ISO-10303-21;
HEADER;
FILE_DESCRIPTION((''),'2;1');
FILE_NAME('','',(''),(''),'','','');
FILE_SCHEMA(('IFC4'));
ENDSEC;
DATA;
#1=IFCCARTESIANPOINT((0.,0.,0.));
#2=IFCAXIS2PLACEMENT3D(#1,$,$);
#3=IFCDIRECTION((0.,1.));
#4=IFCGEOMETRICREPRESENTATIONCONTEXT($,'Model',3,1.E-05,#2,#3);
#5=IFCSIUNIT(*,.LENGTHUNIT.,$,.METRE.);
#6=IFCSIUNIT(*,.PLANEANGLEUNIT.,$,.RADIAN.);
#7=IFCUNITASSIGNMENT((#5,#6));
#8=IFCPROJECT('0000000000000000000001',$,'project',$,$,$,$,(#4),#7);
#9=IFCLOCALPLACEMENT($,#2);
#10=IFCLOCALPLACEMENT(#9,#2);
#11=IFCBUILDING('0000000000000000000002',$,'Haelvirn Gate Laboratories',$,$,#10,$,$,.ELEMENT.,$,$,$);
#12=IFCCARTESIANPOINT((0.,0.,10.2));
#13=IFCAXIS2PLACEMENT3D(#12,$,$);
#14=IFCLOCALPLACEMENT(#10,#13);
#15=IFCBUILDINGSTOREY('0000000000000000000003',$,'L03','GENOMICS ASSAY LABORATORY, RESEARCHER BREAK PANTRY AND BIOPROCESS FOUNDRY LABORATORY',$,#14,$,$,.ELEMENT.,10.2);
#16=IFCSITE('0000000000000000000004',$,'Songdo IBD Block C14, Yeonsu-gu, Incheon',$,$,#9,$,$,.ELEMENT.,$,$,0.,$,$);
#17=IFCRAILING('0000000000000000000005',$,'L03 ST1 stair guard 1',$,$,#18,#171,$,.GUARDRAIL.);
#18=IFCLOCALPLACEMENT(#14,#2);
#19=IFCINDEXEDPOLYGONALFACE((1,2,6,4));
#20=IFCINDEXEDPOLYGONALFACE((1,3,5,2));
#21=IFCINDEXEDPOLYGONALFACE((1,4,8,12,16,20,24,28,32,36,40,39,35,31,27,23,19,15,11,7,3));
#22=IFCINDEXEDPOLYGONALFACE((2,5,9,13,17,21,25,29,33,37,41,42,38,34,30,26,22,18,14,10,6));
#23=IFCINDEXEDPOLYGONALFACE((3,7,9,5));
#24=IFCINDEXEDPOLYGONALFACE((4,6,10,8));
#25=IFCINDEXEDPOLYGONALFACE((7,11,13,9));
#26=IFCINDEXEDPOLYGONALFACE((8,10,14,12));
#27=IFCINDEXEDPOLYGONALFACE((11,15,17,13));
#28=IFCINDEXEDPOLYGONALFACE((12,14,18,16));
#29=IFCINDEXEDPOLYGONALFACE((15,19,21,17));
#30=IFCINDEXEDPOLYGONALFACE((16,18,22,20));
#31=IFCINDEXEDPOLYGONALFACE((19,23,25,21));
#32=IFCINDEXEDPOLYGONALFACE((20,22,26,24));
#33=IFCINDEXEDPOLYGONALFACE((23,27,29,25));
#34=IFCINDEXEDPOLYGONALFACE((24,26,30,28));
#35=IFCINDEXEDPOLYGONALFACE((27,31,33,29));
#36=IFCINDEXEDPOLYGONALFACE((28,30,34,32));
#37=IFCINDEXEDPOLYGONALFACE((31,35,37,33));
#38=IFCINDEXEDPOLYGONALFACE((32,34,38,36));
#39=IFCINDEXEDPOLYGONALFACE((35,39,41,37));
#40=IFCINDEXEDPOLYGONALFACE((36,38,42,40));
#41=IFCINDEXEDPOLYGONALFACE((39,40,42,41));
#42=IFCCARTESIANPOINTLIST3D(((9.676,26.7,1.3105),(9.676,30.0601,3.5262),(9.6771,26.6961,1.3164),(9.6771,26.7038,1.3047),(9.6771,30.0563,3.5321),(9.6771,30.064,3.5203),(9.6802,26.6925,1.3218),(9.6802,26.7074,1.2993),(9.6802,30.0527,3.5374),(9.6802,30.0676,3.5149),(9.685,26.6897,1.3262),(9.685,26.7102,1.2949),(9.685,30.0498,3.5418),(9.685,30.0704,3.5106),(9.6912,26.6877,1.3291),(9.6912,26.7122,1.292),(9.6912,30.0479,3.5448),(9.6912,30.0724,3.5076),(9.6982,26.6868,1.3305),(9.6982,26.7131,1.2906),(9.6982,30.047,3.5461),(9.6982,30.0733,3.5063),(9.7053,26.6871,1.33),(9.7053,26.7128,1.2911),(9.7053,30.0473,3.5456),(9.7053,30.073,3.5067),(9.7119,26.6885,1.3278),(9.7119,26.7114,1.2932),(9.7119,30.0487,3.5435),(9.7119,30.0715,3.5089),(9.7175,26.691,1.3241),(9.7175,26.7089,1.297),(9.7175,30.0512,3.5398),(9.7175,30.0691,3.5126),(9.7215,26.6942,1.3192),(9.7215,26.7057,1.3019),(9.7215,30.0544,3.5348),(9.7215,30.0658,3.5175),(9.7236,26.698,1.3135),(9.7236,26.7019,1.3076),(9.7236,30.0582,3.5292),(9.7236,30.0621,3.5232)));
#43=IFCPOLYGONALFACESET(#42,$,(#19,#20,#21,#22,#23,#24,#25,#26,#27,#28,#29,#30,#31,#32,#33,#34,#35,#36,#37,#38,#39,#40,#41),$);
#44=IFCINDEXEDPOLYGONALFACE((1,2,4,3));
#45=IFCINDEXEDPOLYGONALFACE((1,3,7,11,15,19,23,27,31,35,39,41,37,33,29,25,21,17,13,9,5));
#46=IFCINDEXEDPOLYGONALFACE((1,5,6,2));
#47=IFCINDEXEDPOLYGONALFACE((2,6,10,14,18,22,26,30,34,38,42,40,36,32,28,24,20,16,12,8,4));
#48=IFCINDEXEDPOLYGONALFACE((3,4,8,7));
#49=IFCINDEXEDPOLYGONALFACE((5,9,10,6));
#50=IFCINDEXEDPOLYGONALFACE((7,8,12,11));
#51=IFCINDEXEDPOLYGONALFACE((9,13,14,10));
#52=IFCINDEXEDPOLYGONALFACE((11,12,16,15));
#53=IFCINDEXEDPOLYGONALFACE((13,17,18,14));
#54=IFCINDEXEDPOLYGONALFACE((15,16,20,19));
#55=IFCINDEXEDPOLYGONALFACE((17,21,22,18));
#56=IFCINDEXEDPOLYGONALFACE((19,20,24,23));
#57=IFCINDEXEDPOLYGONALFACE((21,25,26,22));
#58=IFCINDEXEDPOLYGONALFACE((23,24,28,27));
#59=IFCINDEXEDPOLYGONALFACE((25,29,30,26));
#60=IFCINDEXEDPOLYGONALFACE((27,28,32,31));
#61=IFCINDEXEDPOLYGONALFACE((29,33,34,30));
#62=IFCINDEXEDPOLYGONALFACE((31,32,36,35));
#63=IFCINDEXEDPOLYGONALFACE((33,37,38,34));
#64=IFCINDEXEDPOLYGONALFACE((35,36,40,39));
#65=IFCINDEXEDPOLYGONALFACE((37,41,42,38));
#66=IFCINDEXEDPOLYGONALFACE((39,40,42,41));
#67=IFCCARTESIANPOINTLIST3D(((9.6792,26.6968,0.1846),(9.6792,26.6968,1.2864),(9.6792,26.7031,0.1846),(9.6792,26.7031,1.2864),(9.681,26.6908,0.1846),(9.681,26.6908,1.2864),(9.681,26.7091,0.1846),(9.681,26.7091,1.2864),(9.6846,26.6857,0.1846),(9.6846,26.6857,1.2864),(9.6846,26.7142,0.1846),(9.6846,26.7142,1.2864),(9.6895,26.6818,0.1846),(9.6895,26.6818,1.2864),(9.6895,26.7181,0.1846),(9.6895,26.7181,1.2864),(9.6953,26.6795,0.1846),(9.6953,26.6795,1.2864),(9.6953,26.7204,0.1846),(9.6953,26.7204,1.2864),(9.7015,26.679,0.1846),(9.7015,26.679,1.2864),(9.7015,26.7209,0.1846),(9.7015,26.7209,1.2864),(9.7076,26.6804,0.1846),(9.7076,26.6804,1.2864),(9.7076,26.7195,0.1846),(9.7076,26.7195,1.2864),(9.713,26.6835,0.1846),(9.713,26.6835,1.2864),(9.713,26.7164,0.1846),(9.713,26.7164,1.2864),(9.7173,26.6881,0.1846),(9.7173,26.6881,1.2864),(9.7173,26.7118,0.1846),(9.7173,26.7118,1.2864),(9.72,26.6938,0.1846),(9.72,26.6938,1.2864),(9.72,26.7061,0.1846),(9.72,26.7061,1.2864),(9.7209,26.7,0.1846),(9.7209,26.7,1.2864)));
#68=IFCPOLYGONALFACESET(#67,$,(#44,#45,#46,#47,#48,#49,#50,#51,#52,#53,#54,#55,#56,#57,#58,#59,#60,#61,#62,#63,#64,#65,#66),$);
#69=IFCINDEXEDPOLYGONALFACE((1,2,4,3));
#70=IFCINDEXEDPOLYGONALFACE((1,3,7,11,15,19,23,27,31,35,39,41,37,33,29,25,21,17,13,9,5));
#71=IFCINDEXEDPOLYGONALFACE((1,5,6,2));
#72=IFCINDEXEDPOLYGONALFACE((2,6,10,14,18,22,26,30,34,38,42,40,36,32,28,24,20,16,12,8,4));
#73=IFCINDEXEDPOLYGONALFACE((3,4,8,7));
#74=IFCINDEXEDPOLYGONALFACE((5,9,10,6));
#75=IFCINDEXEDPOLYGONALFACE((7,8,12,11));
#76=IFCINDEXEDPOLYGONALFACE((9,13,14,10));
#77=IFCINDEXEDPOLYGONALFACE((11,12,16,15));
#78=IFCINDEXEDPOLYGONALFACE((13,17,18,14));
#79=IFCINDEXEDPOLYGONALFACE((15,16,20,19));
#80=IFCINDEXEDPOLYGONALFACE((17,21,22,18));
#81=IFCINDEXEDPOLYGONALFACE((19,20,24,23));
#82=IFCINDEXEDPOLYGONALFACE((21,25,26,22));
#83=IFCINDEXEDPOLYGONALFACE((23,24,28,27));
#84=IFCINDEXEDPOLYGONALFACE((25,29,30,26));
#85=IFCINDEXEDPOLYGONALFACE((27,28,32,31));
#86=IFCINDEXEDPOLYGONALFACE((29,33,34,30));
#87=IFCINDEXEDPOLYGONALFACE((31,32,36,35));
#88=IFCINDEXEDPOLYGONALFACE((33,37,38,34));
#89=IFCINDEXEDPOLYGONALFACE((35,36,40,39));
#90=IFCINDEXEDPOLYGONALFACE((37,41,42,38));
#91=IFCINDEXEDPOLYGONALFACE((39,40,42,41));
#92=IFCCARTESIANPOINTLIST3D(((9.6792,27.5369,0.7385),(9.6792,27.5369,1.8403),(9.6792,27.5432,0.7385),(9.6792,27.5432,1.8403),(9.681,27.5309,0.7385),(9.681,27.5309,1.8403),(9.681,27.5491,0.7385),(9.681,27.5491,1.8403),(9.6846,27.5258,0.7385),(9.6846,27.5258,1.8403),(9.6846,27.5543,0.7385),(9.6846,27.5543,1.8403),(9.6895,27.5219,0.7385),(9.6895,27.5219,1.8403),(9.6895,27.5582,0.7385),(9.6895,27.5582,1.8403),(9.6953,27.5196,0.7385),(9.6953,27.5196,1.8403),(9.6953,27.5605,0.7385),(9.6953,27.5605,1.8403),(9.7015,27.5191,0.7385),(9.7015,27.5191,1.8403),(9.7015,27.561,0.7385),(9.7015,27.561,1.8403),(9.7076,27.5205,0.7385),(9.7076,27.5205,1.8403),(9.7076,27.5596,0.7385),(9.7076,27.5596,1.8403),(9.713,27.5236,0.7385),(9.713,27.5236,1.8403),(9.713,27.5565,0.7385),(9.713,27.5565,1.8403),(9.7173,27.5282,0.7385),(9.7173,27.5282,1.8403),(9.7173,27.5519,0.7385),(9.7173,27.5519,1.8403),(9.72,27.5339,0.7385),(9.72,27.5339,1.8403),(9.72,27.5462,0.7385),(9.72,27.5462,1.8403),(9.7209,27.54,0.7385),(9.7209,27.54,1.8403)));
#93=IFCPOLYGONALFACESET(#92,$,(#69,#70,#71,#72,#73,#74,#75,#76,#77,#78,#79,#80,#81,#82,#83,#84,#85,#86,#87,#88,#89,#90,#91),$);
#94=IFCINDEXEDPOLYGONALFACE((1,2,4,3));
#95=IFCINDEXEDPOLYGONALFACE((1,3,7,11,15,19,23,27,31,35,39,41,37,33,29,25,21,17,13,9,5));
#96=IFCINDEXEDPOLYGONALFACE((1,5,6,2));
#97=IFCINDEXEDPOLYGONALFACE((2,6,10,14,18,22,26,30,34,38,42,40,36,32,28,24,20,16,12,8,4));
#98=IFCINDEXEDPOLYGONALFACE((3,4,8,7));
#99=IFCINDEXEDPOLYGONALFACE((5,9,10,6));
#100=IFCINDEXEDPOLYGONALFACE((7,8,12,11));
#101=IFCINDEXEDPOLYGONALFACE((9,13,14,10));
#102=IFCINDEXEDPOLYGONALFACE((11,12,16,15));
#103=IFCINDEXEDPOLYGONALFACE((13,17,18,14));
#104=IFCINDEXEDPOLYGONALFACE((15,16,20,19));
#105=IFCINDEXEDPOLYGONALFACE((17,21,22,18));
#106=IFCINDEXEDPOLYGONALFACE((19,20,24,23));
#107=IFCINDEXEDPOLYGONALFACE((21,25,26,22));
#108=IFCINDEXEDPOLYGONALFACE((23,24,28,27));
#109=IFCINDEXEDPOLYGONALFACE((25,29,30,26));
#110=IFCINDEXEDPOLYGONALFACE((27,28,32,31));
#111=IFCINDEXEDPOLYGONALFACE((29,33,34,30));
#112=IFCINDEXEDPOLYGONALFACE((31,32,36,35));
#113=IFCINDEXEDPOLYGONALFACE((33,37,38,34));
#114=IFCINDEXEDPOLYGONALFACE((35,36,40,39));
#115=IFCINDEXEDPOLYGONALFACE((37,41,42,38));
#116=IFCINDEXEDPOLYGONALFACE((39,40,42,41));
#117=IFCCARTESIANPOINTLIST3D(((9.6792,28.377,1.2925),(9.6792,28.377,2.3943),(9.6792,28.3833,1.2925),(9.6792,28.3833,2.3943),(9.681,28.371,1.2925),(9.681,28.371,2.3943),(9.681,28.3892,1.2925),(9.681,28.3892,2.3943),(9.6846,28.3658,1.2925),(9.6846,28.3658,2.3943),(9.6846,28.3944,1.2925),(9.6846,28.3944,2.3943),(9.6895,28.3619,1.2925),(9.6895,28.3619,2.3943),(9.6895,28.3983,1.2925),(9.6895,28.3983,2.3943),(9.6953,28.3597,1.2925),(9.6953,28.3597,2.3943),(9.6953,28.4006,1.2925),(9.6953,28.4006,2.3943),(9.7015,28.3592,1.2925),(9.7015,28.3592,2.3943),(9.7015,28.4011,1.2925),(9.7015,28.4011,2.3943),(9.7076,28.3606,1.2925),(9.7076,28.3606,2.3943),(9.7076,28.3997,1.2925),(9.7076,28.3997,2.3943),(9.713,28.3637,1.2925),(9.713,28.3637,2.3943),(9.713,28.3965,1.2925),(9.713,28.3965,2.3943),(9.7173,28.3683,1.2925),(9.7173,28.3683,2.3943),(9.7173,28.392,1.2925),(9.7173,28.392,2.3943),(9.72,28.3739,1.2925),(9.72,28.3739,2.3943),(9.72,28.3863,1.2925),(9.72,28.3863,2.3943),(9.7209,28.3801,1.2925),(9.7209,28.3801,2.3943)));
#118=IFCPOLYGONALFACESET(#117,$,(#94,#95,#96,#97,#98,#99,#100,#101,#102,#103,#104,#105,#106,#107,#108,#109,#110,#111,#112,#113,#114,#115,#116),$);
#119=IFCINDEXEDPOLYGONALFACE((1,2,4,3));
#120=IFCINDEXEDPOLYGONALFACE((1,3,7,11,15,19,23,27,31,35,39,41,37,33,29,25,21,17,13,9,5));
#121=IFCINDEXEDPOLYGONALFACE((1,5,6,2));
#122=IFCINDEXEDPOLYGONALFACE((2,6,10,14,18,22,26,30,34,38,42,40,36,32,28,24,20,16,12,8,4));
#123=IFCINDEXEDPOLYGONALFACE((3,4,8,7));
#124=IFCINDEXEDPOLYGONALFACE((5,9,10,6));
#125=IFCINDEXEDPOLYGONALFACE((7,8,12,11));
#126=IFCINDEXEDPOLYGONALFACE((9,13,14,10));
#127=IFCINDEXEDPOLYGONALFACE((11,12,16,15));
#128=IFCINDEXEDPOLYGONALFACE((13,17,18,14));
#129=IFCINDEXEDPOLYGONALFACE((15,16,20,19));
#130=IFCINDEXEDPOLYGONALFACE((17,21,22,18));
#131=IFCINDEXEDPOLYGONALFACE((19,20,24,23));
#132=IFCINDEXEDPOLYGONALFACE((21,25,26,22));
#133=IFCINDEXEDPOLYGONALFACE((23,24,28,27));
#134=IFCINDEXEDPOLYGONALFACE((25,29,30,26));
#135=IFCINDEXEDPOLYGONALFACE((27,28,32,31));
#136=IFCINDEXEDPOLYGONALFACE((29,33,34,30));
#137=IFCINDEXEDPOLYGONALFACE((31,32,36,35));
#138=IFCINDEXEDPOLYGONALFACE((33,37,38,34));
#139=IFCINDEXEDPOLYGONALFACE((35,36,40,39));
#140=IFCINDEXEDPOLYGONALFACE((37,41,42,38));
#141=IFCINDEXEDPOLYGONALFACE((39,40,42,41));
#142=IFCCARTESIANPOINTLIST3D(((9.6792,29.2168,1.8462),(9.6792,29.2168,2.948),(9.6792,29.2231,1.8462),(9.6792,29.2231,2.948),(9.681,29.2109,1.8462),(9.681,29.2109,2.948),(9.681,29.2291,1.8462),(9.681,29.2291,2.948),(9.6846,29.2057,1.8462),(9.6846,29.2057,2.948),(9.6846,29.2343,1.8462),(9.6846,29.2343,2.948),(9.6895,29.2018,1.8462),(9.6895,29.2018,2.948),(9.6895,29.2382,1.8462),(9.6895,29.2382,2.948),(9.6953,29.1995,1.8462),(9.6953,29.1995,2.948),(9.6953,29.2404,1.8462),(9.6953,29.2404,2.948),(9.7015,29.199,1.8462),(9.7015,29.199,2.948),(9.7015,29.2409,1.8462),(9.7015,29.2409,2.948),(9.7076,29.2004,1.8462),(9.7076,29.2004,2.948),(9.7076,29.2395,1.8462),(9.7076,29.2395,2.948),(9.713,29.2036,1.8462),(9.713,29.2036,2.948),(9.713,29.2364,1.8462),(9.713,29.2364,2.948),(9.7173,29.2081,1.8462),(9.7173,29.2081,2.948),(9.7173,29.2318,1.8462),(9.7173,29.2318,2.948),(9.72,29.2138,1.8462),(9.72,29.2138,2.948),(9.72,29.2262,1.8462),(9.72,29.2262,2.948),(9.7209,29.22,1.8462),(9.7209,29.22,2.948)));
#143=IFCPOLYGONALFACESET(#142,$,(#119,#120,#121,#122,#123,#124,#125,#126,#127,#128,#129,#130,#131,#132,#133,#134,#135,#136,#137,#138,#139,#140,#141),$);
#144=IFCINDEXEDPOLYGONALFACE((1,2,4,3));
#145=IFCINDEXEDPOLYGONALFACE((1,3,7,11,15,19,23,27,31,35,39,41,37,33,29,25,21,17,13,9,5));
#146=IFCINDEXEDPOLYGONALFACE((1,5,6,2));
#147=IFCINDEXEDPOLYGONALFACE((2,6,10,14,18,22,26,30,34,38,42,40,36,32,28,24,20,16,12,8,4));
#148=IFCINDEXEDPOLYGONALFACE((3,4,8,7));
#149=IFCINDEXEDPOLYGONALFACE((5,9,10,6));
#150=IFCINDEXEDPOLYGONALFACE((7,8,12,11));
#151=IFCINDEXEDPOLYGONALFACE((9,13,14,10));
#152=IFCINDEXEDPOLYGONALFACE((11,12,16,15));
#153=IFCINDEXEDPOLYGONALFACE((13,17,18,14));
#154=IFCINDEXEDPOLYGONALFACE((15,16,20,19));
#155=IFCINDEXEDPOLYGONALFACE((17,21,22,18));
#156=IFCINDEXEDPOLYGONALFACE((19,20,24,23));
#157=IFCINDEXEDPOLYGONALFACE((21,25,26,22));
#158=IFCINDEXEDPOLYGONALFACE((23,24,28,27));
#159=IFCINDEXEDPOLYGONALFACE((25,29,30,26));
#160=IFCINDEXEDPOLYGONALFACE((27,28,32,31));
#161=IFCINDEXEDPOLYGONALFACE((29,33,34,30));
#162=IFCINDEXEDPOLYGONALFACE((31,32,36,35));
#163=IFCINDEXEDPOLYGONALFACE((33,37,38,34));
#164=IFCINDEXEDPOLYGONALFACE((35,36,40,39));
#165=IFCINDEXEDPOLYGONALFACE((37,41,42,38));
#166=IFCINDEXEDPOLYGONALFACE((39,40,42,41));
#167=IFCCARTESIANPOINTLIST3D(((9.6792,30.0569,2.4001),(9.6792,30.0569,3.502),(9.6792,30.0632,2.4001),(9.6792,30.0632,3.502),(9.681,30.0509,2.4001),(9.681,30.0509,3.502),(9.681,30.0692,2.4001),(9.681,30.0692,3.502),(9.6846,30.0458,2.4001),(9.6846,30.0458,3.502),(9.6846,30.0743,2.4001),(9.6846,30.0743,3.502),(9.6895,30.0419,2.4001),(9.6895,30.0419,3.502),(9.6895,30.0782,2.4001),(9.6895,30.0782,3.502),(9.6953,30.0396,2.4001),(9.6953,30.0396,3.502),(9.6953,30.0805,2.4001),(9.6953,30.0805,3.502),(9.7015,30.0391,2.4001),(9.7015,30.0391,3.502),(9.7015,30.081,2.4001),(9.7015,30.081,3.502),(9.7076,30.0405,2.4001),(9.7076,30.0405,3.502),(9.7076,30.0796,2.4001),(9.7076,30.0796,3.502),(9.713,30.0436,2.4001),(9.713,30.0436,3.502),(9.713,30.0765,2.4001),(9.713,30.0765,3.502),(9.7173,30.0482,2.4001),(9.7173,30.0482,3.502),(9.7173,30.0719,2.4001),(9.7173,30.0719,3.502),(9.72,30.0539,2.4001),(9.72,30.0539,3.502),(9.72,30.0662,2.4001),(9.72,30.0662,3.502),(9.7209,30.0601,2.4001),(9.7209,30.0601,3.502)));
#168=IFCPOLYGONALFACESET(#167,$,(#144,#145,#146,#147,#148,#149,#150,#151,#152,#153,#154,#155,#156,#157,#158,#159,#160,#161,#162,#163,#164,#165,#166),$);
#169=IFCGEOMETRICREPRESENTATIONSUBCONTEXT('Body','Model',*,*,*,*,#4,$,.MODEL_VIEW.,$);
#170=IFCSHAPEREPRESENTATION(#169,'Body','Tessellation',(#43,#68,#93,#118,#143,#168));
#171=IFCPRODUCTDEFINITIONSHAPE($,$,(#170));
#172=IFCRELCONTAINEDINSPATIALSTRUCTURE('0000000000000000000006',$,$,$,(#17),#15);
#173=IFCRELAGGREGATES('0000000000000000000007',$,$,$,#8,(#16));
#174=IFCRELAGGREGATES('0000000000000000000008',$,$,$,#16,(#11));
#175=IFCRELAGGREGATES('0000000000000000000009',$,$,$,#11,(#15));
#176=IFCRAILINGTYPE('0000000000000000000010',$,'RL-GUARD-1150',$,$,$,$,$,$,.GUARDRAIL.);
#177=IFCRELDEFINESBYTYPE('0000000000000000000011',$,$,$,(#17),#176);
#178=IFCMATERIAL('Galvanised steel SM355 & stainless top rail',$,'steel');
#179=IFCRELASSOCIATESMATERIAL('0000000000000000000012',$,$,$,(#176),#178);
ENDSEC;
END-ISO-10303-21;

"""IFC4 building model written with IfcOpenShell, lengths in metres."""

from ifc_helpers import new_model, si_unit, direction, frame, origin, origin_2d, place, context, subcontext, project, spatial, circle, extrude, source, transform, mapped, material, type_object, element, save


model = new_model("IFC4")

# Units and contexts
model_context = context("Model", 3, precision=1e-05, world=origin(), true_north=direction((0.0, 1.0)))
body_context = subcontext(model_context, "Body", "Model", "MODEL_VIEW")
ifc_project = project(units=[si_unit("LENGTHUNIT", "METRE"), si_unit("PLANEANGLEUNIT", "RADIAN")], contexts=[model_context])

# Site, building, storey
site_placement = place(None, origin())
site = spatial("IfcSite", under=ifc_project, at=site_placement, Name="Songdo IBD Block C14, Yeonsu-gu, Incheon", CompositionType="ELEMENT", RefElevation=0.0)
building_placement = place(site_placement, origin())
building = spatial("IfcBuilding", under=site, at=building_placement, Name="Haelvirn Gate Laboratories", CompositionType="ELEMENT")
storey_placement = place(building_placement, frame((0.0, 0.0, 10.2)))
storey = spatial("IfcBuildingStorey", under=building, at=storey_placement, Name="L03", Description="GENOMICS ASSAY LABORATORY, RESEARCHER BREAK PANTRY AND BIOPROCESS FOUNDRY LABORATORY", CompositionType="ELEMENT", Elevation=10.2)

# Railing
ifc_material_1 = material(Name="Galvanised steel SM355 & stainless top rail", Category="steel")
railing_type_1 = type_object("IfcRailingType", Name="RL-GUARD-1150", PredefinedType="GUARDRAIL", material=ifc_material_1)
shared_shape_1 = source(origin(), body_context, "Body", "SweptSolid", [
    extrude(circle(Radius=0.0239, at=origin_2d()), frame((0.0, 0.0, 1.126), z_axis=(0.0, 0.834849, 0.55048), x_axis=(-1.0, 0.0, 0.0)), (0.0, 0.0, 1.0), 4.0249),
    extrude(circle(Radius=0.021, at=origin_2d()), origin(), (0.0, 0.0, 1.0), 1.1018),
    extrude(circle(Radius=0.021, at=origin_2d()), frame((0.0, 0.8401, 0.554)), (0.0, 0.0, 1.0), 1.1018),
    extrude(circle(Radius=0.021, at=origin_2d()), frame((0.0, 1.6802, 1.1079)), (0.0, 0.0, 1.0), 1.1018),
    extrude(circle(Radius=0.021, at=origin_2d()), frame((0.0, 2.52, 1.6616)), (0.0, 0.0, 1.0), 1.1018),
    extrude(circle(Radius=0.021, at=origin_2d()), frame((0.0, 3.3601, 2.2156)), (0.0, 0.0, 1.0), 1.1018),
])
railing_1_placement = place(storey_placement, frame((9.7, 26.7, 0.1846)))
element("IfcRailing", 1, at=railing_1_placement, inside=storey, type_object=railing_type_1, Name="L03 ST1 stair guard 1", PredefinedType="GUARDRAIL", context=body_context, shape_type="MappedRepresentation", body=[
    mapped(shared_shape_1, transform((0.0, 0.0, 0.0), scale=1.0)),
])

save(model, "model.ifc")
